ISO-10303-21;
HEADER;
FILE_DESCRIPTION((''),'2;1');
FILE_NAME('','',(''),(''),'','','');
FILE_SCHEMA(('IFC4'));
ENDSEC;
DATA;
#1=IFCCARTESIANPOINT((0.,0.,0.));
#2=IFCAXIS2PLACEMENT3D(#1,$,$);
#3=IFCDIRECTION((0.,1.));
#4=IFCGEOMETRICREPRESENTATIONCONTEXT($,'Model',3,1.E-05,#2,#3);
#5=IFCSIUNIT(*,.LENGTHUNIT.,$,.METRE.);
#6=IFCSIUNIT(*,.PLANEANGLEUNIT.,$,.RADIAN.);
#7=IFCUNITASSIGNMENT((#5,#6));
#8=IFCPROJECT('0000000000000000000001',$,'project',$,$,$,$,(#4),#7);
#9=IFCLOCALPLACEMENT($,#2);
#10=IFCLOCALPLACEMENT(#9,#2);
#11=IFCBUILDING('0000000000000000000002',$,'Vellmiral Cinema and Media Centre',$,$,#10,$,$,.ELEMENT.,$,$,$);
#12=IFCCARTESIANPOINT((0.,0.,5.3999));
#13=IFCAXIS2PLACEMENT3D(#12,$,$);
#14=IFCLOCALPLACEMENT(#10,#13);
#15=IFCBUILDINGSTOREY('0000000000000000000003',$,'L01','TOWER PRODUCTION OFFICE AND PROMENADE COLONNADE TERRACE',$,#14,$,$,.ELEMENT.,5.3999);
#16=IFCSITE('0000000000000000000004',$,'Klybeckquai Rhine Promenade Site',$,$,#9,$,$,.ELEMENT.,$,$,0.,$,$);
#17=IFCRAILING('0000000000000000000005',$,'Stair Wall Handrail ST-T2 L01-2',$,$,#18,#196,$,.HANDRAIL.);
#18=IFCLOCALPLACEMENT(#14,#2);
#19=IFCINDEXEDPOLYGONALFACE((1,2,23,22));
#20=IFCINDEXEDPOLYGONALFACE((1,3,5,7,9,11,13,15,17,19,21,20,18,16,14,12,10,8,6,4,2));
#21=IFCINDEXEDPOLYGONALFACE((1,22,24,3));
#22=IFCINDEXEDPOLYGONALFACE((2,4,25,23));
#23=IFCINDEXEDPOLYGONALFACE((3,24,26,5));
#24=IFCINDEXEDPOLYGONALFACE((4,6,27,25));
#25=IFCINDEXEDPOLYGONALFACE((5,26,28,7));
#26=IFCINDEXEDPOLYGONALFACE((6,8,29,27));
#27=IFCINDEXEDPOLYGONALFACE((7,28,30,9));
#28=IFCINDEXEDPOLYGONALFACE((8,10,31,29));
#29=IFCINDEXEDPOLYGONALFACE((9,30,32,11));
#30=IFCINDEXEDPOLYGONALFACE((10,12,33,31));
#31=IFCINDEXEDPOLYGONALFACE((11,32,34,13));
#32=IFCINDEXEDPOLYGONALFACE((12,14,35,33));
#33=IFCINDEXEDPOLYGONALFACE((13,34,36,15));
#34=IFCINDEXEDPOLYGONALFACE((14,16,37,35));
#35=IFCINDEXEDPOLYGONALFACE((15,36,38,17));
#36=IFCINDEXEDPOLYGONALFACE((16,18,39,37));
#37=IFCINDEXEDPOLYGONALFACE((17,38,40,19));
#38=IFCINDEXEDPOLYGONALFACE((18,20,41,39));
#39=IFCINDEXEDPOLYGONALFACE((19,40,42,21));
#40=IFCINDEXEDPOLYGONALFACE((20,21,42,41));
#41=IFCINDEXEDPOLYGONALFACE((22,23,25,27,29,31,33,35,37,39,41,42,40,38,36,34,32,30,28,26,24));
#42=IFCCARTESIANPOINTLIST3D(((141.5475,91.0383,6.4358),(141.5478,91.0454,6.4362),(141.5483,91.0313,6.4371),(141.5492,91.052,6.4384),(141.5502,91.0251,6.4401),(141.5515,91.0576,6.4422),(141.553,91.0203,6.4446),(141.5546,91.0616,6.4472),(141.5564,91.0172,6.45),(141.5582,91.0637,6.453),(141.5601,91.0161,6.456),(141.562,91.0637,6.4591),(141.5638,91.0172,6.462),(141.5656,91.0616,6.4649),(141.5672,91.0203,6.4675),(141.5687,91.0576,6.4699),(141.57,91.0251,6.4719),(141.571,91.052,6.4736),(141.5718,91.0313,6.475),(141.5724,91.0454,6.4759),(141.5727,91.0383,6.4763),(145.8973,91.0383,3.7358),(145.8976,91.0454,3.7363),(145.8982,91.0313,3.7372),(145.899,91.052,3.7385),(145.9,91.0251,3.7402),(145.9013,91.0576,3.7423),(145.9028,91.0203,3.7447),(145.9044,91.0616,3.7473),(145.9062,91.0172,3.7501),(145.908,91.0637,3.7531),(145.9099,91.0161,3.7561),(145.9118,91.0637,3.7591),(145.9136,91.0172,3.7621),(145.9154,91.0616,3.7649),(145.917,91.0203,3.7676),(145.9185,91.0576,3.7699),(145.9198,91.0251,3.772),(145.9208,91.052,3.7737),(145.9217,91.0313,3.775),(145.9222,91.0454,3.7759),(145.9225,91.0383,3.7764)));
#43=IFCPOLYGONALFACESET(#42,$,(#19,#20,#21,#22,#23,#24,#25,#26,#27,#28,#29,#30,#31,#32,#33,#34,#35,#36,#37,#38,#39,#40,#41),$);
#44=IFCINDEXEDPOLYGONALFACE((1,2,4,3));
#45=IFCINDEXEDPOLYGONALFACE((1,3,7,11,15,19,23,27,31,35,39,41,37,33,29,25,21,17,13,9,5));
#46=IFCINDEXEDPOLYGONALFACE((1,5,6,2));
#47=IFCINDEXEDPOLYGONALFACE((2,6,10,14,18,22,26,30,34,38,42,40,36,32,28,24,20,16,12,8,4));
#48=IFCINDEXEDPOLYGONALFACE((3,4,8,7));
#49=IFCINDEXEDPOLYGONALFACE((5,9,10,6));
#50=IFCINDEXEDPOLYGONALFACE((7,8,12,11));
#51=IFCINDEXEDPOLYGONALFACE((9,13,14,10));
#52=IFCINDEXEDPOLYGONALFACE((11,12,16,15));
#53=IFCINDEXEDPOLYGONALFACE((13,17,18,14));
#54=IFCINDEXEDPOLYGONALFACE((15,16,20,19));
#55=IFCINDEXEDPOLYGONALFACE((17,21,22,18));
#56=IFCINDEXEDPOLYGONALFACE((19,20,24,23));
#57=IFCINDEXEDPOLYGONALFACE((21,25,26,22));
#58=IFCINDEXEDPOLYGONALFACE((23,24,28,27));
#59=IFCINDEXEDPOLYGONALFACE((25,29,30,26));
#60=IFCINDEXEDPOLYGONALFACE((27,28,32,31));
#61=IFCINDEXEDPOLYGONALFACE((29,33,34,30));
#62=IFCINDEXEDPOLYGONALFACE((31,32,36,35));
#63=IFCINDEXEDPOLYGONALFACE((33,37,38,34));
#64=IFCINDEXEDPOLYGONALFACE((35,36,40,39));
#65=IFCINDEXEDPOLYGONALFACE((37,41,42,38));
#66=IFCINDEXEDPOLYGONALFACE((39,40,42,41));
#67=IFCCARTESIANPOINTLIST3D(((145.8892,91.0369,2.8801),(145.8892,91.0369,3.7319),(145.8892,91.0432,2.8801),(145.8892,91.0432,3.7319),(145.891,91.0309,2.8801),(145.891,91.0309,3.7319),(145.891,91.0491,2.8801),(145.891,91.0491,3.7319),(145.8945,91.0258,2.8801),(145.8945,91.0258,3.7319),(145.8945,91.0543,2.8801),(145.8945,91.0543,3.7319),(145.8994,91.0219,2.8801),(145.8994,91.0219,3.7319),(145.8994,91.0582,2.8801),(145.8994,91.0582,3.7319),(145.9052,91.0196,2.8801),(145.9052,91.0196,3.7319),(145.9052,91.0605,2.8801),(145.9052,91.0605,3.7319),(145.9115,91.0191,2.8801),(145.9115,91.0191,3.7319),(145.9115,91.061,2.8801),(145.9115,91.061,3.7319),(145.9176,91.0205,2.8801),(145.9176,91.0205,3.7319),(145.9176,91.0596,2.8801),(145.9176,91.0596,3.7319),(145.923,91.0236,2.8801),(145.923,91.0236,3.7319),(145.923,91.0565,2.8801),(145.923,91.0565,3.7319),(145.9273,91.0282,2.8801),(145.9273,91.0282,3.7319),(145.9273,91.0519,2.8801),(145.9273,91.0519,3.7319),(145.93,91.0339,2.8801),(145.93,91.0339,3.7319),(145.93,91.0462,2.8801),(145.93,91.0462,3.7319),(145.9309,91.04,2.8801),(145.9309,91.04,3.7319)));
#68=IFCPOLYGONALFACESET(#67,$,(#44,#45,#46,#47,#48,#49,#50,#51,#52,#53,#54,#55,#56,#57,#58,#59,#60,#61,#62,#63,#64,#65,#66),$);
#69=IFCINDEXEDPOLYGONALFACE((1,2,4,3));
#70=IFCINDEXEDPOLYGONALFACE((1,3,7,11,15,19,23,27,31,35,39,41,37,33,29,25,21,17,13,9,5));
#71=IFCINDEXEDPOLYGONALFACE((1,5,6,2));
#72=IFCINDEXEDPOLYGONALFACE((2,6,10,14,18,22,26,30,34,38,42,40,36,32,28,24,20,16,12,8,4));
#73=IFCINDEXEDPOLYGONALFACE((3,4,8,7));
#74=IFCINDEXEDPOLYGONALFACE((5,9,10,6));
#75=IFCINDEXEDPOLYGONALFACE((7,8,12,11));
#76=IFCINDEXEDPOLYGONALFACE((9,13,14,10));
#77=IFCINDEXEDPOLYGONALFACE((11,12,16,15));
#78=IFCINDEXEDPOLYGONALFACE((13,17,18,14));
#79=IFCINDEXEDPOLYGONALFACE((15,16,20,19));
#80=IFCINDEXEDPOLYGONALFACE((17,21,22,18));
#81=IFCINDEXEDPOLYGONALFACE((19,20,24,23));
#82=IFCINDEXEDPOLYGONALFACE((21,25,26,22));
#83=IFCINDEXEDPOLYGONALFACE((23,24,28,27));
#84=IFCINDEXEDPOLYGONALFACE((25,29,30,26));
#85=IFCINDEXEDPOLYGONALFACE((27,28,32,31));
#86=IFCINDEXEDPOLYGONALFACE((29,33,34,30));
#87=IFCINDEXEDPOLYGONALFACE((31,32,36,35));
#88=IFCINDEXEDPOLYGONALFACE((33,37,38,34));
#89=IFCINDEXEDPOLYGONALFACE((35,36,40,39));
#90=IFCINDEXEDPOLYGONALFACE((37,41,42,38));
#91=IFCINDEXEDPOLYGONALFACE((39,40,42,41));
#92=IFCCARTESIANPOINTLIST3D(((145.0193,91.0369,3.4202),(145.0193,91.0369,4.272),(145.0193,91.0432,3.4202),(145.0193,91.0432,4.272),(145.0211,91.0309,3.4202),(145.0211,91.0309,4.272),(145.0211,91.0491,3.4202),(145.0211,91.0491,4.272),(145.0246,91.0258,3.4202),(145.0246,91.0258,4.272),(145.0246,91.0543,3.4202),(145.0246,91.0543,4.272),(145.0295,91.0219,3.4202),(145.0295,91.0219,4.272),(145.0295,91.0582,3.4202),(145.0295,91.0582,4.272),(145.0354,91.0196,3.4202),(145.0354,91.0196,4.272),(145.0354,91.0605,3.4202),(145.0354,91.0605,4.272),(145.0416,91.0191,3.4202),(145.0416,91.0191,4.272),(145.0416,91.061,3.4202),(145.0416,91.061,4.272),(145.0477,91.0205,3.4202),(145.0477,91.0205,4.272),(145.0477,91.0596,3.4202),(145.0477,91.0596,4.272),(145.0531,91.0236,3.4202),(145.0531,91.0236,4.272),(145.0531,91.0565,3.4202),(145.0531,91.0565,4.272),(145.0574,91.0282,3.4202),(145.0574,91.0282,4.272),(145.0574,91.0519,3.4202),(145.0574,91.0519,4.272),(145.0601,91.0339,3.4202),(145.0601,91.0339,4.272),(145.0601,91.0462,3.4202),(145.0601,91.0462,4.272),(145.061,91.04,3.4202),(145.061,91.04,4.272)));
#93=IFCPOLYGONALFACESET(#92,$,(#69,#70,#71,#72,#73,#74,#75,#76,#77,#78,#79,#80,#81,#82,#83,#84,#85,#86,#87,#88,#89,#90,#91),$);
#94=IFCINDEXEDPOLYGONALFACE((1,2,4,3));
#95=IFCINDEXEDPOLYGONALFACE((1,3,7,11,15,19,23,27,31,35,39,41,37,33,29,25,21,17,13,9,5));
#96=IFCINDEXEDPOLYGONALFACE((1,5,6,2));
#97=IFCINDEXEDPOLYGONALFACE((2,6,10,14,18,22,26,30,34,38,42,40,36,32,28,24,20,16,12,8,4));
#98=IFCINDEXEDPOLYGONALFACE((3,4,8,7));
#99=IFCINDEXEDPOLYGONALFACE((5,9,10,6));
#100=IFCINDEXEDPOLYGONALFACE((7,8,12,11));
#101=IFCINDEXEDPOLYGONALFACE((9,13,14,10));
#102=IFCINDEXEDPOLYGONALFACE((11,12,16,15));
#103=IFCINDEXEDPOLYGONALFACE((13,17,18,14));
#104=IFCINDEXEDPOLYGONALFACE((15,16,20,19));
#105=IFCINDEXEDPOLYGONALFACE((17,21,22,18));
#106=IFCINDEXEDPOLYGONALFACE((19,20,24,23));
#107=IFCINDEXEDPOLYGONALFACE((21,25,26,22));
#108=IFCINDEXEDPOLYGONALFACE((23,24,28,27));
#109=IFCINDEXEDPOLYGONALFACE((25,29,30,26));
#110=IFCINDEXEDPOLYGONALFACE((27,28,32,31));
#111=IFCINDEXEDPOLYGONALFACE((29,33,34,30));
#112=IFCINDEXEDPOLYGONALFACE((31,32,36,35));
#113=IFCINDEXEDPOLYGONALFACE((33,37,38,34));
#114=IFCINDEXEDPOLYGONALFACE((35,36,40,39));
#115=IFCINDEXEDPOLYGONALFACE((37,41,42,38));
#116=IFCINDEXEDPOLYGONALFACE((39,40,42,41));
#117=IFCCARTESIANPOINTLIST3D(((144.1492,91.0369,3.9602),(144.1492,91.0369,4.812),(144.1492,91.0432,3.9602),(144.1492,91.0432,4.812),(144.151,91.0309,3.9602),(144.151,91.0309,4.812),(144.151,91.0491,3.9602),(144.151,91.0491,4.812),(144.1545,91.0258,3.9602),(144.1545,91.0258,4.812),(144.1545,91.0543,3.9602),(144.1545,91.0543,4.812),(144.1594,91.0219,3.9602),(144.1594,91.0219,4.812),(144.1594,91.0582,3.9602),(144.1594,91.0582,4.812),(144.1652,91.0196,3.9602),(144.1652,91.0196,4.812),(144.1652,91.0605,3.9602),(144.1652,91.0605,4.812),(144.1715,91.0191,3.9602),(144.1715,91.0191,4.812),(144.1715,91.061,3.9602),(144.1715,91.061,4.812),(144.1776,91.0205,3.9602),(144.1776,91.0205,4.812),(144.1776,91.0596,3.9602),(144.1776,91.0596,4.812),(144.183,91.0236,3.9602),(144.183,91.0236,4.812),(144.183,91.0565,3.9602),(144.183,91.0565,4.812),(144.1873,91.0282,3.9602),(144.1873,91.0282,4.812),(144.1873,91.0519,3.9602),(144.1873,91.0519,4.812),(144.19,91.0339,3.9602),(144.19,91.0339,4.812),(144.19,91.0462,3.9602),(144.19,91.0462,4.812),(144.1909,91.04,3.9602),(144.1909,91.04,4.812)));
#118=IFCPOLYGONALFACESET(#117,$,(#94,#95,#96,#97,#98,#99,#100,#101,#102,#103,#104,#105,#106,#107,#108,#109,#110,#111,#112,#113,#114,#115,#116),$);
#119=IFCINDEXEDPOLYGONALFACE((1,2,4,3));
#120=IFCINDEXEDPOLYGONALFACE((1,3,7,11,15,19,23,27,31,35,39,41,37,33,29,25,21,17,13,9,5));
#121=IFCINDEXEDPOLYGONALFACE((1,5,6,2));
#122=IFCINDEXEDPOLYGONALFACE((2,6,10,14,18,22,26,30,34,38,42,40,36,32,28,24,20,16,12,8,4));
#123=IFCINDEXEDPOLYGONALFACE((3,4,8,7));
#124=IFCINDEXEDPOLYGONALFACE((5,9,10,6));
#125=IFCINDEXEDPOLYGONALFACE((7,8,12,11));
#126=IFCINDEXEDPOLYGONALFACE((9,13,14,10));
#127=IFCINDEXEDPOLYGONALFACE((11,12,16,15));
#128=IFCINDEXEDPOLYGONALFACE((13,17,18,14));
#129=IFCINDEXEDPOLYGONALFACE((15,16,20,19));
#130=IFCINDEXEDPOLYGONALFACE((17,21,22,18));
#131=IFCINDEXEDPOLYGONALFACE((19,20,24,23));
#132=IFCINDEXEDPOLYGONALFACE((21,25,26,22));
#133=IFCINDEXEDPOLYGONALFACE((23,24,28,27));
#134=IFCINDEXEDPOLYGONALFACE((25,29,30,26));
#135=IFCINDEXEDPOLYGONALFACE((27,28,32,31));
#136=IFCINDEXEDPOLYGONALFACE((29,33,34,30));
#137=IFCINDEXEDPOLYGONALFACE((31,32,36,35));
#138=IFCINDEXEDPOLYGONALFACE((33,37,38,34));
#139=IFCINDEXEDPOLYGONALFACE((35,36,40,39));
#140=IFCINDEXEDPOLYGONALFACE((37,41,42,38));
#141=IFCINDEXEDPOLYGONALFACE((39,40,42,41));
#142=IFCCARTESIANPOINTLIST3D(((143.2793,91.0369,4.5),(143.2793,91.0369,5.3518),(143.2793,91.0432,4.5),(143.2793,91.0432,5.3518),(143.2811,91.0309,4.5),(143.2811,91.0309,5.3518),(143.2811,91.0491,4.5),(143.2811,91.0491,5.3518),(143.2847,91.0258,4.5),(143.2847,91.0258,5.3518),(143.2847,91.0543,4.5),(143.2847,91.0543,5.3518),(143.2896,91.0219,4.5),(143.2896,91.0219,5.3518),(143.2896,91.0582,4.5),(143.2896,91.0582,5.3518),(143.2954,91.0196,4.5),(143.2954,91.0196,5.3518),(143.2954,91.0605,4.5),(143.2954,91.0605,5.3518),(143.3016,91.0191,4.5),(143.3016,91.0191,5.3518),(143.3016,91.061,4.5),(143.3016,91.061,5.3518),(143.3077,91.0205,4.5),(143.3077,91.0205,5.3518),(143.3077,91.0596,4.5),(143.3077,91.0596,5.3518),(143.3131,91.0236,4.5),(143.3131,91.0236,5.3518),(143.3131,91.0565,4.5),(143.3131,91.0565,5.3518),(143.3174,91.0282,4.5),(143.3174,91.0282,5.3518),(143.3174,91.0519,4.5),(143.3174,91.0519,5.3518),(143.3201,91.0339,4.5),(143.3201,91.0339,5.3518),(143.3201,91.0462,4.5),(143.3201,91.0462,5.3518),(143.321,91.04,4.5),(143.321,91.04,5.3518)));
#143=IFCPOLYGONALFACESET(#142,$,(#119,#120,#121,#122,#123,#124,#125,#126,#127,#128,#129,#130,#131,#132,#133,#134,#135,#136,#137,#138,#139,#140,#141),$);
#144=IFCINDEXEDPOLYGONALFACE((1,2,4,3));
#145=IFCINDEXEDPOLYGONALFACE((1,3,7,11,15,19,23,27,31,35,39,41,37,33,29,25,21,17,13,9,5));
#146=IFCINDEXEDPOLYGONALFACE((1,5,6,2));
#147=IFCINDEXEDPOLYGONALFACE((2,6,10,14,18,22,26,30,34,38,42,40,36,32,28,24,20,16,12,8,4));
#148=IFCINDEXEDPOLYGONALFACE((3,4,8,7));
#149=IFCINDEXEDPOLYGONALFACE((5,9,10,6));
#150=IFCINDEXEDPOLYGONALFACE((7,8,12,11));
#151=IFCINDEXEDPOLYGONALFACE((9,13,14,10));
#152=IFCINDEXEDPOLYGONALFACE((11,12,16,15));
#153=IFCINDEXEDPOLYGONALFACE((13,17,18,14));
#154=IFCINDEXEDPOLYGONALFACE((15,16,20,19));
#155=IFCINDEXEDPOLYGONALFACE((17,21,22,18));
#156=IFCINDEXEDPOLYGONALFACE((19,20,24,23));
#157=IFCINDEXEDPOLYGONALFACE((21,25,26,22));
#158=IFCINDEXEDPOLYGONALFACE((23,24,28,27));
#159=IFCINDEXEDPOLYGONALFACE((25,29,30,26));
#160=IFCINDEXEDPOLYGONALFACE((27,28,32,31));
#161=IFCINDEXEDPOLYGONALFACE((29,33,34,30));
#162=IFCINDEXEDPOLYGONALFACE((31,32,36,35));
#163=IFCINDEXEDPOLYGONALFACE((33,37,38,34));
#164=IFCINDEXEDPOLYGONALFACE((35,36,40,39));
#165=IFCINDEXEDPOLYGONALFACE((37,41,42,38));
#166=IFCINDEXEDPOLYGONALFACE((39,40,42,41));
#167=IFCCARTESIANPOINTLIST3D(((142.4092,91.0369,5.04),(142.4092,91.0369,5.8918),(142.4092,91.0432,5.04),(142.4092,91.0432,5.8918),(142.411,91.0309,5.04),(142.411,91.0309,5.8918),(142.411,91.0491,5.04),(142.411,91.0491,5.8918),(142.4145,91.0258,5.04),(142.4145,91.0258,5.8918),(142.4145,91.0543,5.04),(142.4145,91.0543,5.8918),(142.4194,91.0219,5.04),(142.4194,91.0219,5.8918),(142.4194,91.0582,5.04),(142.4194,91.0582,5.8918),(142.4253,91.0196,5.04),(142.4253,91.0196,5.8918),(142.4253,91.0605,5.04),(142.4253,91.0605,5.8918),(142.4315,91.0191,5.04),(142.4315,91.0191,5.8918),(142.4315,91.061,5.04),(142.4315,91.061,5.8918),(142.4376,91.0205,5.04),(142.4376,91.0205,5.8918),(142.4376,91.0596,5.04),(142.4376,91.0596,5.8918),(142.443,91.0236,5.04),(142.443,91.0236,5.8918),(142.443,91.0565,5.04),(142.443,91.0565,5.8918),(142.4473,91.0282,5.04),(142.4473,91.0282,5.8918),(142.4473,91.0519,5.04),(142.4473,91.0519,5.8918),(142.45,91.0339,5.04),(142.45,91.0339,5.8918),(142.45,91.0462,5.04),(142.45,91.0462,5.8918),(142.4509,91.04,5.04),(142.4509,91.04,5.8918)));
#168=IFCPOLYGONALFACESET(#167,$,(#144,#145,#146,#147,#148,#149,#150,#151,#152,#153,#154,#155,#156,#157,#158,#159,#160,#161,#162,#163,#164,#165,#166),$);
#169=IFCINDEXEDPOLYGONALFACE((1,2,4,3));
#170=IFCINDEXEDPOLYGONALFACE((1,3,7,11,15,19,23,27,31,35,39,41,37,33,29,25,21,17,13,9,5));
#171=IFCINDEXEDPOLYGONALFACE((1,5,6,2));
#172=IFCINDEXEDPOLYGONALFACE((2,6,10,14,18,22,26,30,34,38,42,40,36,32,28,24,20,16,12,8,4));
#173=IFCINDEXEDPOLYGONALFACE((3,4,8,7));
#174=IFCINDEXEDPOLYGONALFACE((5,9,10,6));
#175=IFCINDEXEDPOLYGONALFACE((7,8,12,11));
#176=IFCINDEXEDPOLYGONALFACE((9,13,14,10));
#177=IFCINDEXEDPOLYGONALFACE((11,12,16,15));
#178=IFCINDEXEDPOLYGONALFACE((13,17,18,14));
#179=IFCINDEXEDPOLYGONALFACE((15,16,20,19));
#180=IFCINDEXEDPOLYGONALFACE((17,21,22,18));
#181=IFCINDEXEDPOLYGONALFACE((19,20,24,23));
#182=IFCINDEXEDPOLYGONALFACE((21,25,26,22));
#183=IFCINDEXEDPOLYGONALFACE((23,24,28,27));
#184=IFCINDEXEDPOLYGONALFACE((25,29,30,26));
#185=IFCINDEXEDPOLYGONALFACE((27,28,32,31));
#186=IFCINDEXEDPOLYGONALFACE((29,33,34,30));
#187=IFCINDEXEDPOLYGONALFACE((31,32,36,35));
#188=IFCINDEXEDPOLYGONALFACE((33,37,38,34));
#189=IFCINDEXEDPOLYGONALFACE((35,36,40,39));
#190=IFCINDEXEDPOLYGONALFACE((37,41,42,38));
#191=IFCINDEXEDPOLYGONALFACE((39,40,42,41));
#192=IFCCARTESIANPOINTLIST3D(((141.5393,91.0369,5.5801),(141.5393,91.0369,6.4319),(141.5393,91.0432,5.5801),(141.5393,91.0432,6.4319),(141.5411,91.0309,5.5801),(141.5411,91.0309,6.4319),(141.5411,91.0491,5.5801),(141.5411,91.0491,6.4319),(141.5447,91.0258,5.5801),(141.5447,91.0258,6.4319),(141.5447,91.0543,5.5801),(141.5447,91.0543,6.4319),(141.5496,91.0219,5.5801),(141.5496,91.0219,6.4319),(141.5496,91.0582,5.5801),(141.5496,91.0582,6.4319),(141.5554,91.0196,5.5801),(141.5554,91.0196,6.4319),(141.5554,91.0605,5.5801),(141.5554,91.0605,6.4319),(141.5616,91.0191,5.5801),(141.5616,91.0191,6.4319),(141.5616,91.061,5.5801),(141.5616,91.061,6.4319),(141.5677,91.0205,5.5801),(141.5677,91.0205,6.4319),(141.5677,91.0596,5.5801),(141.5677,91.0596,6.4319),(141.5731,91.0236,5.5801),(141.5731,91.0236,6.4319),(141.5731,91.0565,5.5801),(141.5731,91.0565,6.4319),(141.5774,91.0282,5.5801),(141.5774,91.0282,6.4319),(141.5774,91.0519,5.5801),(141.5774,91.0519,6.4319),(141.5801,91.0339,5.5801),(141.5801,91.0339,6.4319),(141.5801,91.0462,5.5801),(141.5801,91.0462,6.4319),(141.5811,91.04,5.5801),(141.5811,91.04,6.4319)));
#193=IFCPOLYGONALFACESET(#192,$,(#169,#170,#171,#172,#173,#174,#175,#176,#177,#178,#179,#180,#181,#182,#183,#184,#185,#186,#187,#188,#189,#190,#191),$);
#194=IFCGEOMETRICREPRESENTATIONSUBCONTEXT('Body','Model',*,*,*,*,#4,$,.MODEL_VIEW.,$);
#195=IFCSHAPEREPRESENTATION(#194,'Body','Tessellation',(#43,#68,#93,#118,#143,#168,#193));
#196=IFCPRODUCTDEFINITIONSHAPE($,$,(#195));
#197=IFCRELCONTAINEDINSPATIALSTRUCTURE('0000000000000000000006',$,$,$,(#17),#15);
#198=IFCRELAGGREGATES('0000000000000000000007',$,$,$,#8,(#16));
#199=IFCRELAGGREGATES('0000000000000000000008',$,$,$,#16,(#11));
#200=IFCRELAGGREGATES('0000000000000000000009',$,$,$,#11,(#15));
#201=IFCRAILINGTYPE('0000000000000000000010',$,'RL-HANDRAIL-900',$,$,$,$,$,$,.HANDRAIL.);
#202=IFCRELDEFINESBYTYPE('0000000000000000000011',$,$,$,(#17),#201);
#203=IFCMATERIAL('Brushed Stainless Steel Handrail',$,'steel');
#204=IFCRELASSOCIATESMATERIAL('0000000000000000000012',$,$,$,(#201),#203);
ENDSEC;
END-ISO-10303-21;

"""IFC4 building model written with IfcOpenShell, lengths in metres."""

from ifc_helpers import new_model, si_unit, direction, frame, origin, origin_2d, place, context, subcontext, project, spatial, circle, extrude, material, type_object, element, save


model = new_model("IFC4")

# Units and contexts
model_context = context("Model", 3, precision=1e-05, world=origin(), true_north=direction((0.0, 1.0)))
body_context = subcontext(model_context, "Body", "Model", "MODEL_VIEW")
ifc_project = project(units=[si_unit("LENGTHUNIT", "METRE"), si_unit("PLANEANGLEUNIT", "RADIAN")], contexts=[model_context])

# Site, building, storey
site_placement = place(None, origin())
site = spatial("IfcSite", under=ifc_project, at=site_placement, Name="Klybeckquai Rhine Promenade Site", CompositionType="ELEMENT", RefElevation=0.0)
building_placement = place(site_placement, origin())
building = spatial("IfcBuilding", under=site, at=building_placement, Name="Vellmiral Cinema and Media Centre", CompositionType="ELEMENT")
storey_placement = place(building_placement, frame((0.0, 0.0, 5.3999)))
storey = spatial("IfcBuildingStorey", under=building, at=storey_placement, Name="L01", Description="TOWER PRODUCTION OFFICE AND PROMENADE COLONNADE TERRACE", CompositionType="ELEMENT", Elevation=5.3999)

# Railing
ifc_material_1 = material(Name="Brushed Stainless Steel Handrail", Category="steel")
railing_type_1 = type_object("IfcRailingType", Name="RL-HANDRAIL-900", PredefinedType="HANDRAIL", material=ifc_material_1)
railing_1_placement = place(storey_placement, frame((145.9099, 91.04, 2.8801)))
element("IfcRailing", 1, at=railing_1_placement, inside=storey, type_object=railing_type_1, Name="Stair Wall Handrail ST-T2 L01-2", PredefinedType="HANDRAIL", context=body_context, shape_type="SweptSolid", body=[
    extrude(circle(Radius=0.0239, at=origin_2d()), frame((0.0, 0.0, 0.876), z_axis=(-0.849636, 0.0, 0.527369), x_axis=(0.0, -1.0, 0.0)), (0.0, 0.0, 1.0), 5.1196),
    extrude(circle(Radius=0.021, at=origin_2d()), origin(), (0.0, 0.0, 1.0), 0.8518),
    extrude(circle(Radius=0.021, at=origin_2d()), frame((-0.8699, 0.0, 0.54)), (0.0, 0.0, 1.0), 0.8518),
    extrude(circle(Radius=0.021, at=origin_2d()), frame((-1.74, 0.0, 1.0801)), (0.0, 0.0, 1.0), 0.8518),
    extrude(circle(Radius=0.021, at=origin_2d()), frame((-2.6099, 0.0, 1.6199)), (0.0, 0.0, 1.0), 0.8518),
    extrude(circle(Radius=0.021, at=origin_2d()), frame((-3.48, 0.0, 2.1599)), (0.0, 0.0, 1.0), 0.8518),
    extrude(circle(Radius=0.021, at=origin_2d()), frame((-4.3499, 0.0, 2.7)), (0.0, 0.0, 1.0), 0.8518),
])

save(model, "model.ifc")
